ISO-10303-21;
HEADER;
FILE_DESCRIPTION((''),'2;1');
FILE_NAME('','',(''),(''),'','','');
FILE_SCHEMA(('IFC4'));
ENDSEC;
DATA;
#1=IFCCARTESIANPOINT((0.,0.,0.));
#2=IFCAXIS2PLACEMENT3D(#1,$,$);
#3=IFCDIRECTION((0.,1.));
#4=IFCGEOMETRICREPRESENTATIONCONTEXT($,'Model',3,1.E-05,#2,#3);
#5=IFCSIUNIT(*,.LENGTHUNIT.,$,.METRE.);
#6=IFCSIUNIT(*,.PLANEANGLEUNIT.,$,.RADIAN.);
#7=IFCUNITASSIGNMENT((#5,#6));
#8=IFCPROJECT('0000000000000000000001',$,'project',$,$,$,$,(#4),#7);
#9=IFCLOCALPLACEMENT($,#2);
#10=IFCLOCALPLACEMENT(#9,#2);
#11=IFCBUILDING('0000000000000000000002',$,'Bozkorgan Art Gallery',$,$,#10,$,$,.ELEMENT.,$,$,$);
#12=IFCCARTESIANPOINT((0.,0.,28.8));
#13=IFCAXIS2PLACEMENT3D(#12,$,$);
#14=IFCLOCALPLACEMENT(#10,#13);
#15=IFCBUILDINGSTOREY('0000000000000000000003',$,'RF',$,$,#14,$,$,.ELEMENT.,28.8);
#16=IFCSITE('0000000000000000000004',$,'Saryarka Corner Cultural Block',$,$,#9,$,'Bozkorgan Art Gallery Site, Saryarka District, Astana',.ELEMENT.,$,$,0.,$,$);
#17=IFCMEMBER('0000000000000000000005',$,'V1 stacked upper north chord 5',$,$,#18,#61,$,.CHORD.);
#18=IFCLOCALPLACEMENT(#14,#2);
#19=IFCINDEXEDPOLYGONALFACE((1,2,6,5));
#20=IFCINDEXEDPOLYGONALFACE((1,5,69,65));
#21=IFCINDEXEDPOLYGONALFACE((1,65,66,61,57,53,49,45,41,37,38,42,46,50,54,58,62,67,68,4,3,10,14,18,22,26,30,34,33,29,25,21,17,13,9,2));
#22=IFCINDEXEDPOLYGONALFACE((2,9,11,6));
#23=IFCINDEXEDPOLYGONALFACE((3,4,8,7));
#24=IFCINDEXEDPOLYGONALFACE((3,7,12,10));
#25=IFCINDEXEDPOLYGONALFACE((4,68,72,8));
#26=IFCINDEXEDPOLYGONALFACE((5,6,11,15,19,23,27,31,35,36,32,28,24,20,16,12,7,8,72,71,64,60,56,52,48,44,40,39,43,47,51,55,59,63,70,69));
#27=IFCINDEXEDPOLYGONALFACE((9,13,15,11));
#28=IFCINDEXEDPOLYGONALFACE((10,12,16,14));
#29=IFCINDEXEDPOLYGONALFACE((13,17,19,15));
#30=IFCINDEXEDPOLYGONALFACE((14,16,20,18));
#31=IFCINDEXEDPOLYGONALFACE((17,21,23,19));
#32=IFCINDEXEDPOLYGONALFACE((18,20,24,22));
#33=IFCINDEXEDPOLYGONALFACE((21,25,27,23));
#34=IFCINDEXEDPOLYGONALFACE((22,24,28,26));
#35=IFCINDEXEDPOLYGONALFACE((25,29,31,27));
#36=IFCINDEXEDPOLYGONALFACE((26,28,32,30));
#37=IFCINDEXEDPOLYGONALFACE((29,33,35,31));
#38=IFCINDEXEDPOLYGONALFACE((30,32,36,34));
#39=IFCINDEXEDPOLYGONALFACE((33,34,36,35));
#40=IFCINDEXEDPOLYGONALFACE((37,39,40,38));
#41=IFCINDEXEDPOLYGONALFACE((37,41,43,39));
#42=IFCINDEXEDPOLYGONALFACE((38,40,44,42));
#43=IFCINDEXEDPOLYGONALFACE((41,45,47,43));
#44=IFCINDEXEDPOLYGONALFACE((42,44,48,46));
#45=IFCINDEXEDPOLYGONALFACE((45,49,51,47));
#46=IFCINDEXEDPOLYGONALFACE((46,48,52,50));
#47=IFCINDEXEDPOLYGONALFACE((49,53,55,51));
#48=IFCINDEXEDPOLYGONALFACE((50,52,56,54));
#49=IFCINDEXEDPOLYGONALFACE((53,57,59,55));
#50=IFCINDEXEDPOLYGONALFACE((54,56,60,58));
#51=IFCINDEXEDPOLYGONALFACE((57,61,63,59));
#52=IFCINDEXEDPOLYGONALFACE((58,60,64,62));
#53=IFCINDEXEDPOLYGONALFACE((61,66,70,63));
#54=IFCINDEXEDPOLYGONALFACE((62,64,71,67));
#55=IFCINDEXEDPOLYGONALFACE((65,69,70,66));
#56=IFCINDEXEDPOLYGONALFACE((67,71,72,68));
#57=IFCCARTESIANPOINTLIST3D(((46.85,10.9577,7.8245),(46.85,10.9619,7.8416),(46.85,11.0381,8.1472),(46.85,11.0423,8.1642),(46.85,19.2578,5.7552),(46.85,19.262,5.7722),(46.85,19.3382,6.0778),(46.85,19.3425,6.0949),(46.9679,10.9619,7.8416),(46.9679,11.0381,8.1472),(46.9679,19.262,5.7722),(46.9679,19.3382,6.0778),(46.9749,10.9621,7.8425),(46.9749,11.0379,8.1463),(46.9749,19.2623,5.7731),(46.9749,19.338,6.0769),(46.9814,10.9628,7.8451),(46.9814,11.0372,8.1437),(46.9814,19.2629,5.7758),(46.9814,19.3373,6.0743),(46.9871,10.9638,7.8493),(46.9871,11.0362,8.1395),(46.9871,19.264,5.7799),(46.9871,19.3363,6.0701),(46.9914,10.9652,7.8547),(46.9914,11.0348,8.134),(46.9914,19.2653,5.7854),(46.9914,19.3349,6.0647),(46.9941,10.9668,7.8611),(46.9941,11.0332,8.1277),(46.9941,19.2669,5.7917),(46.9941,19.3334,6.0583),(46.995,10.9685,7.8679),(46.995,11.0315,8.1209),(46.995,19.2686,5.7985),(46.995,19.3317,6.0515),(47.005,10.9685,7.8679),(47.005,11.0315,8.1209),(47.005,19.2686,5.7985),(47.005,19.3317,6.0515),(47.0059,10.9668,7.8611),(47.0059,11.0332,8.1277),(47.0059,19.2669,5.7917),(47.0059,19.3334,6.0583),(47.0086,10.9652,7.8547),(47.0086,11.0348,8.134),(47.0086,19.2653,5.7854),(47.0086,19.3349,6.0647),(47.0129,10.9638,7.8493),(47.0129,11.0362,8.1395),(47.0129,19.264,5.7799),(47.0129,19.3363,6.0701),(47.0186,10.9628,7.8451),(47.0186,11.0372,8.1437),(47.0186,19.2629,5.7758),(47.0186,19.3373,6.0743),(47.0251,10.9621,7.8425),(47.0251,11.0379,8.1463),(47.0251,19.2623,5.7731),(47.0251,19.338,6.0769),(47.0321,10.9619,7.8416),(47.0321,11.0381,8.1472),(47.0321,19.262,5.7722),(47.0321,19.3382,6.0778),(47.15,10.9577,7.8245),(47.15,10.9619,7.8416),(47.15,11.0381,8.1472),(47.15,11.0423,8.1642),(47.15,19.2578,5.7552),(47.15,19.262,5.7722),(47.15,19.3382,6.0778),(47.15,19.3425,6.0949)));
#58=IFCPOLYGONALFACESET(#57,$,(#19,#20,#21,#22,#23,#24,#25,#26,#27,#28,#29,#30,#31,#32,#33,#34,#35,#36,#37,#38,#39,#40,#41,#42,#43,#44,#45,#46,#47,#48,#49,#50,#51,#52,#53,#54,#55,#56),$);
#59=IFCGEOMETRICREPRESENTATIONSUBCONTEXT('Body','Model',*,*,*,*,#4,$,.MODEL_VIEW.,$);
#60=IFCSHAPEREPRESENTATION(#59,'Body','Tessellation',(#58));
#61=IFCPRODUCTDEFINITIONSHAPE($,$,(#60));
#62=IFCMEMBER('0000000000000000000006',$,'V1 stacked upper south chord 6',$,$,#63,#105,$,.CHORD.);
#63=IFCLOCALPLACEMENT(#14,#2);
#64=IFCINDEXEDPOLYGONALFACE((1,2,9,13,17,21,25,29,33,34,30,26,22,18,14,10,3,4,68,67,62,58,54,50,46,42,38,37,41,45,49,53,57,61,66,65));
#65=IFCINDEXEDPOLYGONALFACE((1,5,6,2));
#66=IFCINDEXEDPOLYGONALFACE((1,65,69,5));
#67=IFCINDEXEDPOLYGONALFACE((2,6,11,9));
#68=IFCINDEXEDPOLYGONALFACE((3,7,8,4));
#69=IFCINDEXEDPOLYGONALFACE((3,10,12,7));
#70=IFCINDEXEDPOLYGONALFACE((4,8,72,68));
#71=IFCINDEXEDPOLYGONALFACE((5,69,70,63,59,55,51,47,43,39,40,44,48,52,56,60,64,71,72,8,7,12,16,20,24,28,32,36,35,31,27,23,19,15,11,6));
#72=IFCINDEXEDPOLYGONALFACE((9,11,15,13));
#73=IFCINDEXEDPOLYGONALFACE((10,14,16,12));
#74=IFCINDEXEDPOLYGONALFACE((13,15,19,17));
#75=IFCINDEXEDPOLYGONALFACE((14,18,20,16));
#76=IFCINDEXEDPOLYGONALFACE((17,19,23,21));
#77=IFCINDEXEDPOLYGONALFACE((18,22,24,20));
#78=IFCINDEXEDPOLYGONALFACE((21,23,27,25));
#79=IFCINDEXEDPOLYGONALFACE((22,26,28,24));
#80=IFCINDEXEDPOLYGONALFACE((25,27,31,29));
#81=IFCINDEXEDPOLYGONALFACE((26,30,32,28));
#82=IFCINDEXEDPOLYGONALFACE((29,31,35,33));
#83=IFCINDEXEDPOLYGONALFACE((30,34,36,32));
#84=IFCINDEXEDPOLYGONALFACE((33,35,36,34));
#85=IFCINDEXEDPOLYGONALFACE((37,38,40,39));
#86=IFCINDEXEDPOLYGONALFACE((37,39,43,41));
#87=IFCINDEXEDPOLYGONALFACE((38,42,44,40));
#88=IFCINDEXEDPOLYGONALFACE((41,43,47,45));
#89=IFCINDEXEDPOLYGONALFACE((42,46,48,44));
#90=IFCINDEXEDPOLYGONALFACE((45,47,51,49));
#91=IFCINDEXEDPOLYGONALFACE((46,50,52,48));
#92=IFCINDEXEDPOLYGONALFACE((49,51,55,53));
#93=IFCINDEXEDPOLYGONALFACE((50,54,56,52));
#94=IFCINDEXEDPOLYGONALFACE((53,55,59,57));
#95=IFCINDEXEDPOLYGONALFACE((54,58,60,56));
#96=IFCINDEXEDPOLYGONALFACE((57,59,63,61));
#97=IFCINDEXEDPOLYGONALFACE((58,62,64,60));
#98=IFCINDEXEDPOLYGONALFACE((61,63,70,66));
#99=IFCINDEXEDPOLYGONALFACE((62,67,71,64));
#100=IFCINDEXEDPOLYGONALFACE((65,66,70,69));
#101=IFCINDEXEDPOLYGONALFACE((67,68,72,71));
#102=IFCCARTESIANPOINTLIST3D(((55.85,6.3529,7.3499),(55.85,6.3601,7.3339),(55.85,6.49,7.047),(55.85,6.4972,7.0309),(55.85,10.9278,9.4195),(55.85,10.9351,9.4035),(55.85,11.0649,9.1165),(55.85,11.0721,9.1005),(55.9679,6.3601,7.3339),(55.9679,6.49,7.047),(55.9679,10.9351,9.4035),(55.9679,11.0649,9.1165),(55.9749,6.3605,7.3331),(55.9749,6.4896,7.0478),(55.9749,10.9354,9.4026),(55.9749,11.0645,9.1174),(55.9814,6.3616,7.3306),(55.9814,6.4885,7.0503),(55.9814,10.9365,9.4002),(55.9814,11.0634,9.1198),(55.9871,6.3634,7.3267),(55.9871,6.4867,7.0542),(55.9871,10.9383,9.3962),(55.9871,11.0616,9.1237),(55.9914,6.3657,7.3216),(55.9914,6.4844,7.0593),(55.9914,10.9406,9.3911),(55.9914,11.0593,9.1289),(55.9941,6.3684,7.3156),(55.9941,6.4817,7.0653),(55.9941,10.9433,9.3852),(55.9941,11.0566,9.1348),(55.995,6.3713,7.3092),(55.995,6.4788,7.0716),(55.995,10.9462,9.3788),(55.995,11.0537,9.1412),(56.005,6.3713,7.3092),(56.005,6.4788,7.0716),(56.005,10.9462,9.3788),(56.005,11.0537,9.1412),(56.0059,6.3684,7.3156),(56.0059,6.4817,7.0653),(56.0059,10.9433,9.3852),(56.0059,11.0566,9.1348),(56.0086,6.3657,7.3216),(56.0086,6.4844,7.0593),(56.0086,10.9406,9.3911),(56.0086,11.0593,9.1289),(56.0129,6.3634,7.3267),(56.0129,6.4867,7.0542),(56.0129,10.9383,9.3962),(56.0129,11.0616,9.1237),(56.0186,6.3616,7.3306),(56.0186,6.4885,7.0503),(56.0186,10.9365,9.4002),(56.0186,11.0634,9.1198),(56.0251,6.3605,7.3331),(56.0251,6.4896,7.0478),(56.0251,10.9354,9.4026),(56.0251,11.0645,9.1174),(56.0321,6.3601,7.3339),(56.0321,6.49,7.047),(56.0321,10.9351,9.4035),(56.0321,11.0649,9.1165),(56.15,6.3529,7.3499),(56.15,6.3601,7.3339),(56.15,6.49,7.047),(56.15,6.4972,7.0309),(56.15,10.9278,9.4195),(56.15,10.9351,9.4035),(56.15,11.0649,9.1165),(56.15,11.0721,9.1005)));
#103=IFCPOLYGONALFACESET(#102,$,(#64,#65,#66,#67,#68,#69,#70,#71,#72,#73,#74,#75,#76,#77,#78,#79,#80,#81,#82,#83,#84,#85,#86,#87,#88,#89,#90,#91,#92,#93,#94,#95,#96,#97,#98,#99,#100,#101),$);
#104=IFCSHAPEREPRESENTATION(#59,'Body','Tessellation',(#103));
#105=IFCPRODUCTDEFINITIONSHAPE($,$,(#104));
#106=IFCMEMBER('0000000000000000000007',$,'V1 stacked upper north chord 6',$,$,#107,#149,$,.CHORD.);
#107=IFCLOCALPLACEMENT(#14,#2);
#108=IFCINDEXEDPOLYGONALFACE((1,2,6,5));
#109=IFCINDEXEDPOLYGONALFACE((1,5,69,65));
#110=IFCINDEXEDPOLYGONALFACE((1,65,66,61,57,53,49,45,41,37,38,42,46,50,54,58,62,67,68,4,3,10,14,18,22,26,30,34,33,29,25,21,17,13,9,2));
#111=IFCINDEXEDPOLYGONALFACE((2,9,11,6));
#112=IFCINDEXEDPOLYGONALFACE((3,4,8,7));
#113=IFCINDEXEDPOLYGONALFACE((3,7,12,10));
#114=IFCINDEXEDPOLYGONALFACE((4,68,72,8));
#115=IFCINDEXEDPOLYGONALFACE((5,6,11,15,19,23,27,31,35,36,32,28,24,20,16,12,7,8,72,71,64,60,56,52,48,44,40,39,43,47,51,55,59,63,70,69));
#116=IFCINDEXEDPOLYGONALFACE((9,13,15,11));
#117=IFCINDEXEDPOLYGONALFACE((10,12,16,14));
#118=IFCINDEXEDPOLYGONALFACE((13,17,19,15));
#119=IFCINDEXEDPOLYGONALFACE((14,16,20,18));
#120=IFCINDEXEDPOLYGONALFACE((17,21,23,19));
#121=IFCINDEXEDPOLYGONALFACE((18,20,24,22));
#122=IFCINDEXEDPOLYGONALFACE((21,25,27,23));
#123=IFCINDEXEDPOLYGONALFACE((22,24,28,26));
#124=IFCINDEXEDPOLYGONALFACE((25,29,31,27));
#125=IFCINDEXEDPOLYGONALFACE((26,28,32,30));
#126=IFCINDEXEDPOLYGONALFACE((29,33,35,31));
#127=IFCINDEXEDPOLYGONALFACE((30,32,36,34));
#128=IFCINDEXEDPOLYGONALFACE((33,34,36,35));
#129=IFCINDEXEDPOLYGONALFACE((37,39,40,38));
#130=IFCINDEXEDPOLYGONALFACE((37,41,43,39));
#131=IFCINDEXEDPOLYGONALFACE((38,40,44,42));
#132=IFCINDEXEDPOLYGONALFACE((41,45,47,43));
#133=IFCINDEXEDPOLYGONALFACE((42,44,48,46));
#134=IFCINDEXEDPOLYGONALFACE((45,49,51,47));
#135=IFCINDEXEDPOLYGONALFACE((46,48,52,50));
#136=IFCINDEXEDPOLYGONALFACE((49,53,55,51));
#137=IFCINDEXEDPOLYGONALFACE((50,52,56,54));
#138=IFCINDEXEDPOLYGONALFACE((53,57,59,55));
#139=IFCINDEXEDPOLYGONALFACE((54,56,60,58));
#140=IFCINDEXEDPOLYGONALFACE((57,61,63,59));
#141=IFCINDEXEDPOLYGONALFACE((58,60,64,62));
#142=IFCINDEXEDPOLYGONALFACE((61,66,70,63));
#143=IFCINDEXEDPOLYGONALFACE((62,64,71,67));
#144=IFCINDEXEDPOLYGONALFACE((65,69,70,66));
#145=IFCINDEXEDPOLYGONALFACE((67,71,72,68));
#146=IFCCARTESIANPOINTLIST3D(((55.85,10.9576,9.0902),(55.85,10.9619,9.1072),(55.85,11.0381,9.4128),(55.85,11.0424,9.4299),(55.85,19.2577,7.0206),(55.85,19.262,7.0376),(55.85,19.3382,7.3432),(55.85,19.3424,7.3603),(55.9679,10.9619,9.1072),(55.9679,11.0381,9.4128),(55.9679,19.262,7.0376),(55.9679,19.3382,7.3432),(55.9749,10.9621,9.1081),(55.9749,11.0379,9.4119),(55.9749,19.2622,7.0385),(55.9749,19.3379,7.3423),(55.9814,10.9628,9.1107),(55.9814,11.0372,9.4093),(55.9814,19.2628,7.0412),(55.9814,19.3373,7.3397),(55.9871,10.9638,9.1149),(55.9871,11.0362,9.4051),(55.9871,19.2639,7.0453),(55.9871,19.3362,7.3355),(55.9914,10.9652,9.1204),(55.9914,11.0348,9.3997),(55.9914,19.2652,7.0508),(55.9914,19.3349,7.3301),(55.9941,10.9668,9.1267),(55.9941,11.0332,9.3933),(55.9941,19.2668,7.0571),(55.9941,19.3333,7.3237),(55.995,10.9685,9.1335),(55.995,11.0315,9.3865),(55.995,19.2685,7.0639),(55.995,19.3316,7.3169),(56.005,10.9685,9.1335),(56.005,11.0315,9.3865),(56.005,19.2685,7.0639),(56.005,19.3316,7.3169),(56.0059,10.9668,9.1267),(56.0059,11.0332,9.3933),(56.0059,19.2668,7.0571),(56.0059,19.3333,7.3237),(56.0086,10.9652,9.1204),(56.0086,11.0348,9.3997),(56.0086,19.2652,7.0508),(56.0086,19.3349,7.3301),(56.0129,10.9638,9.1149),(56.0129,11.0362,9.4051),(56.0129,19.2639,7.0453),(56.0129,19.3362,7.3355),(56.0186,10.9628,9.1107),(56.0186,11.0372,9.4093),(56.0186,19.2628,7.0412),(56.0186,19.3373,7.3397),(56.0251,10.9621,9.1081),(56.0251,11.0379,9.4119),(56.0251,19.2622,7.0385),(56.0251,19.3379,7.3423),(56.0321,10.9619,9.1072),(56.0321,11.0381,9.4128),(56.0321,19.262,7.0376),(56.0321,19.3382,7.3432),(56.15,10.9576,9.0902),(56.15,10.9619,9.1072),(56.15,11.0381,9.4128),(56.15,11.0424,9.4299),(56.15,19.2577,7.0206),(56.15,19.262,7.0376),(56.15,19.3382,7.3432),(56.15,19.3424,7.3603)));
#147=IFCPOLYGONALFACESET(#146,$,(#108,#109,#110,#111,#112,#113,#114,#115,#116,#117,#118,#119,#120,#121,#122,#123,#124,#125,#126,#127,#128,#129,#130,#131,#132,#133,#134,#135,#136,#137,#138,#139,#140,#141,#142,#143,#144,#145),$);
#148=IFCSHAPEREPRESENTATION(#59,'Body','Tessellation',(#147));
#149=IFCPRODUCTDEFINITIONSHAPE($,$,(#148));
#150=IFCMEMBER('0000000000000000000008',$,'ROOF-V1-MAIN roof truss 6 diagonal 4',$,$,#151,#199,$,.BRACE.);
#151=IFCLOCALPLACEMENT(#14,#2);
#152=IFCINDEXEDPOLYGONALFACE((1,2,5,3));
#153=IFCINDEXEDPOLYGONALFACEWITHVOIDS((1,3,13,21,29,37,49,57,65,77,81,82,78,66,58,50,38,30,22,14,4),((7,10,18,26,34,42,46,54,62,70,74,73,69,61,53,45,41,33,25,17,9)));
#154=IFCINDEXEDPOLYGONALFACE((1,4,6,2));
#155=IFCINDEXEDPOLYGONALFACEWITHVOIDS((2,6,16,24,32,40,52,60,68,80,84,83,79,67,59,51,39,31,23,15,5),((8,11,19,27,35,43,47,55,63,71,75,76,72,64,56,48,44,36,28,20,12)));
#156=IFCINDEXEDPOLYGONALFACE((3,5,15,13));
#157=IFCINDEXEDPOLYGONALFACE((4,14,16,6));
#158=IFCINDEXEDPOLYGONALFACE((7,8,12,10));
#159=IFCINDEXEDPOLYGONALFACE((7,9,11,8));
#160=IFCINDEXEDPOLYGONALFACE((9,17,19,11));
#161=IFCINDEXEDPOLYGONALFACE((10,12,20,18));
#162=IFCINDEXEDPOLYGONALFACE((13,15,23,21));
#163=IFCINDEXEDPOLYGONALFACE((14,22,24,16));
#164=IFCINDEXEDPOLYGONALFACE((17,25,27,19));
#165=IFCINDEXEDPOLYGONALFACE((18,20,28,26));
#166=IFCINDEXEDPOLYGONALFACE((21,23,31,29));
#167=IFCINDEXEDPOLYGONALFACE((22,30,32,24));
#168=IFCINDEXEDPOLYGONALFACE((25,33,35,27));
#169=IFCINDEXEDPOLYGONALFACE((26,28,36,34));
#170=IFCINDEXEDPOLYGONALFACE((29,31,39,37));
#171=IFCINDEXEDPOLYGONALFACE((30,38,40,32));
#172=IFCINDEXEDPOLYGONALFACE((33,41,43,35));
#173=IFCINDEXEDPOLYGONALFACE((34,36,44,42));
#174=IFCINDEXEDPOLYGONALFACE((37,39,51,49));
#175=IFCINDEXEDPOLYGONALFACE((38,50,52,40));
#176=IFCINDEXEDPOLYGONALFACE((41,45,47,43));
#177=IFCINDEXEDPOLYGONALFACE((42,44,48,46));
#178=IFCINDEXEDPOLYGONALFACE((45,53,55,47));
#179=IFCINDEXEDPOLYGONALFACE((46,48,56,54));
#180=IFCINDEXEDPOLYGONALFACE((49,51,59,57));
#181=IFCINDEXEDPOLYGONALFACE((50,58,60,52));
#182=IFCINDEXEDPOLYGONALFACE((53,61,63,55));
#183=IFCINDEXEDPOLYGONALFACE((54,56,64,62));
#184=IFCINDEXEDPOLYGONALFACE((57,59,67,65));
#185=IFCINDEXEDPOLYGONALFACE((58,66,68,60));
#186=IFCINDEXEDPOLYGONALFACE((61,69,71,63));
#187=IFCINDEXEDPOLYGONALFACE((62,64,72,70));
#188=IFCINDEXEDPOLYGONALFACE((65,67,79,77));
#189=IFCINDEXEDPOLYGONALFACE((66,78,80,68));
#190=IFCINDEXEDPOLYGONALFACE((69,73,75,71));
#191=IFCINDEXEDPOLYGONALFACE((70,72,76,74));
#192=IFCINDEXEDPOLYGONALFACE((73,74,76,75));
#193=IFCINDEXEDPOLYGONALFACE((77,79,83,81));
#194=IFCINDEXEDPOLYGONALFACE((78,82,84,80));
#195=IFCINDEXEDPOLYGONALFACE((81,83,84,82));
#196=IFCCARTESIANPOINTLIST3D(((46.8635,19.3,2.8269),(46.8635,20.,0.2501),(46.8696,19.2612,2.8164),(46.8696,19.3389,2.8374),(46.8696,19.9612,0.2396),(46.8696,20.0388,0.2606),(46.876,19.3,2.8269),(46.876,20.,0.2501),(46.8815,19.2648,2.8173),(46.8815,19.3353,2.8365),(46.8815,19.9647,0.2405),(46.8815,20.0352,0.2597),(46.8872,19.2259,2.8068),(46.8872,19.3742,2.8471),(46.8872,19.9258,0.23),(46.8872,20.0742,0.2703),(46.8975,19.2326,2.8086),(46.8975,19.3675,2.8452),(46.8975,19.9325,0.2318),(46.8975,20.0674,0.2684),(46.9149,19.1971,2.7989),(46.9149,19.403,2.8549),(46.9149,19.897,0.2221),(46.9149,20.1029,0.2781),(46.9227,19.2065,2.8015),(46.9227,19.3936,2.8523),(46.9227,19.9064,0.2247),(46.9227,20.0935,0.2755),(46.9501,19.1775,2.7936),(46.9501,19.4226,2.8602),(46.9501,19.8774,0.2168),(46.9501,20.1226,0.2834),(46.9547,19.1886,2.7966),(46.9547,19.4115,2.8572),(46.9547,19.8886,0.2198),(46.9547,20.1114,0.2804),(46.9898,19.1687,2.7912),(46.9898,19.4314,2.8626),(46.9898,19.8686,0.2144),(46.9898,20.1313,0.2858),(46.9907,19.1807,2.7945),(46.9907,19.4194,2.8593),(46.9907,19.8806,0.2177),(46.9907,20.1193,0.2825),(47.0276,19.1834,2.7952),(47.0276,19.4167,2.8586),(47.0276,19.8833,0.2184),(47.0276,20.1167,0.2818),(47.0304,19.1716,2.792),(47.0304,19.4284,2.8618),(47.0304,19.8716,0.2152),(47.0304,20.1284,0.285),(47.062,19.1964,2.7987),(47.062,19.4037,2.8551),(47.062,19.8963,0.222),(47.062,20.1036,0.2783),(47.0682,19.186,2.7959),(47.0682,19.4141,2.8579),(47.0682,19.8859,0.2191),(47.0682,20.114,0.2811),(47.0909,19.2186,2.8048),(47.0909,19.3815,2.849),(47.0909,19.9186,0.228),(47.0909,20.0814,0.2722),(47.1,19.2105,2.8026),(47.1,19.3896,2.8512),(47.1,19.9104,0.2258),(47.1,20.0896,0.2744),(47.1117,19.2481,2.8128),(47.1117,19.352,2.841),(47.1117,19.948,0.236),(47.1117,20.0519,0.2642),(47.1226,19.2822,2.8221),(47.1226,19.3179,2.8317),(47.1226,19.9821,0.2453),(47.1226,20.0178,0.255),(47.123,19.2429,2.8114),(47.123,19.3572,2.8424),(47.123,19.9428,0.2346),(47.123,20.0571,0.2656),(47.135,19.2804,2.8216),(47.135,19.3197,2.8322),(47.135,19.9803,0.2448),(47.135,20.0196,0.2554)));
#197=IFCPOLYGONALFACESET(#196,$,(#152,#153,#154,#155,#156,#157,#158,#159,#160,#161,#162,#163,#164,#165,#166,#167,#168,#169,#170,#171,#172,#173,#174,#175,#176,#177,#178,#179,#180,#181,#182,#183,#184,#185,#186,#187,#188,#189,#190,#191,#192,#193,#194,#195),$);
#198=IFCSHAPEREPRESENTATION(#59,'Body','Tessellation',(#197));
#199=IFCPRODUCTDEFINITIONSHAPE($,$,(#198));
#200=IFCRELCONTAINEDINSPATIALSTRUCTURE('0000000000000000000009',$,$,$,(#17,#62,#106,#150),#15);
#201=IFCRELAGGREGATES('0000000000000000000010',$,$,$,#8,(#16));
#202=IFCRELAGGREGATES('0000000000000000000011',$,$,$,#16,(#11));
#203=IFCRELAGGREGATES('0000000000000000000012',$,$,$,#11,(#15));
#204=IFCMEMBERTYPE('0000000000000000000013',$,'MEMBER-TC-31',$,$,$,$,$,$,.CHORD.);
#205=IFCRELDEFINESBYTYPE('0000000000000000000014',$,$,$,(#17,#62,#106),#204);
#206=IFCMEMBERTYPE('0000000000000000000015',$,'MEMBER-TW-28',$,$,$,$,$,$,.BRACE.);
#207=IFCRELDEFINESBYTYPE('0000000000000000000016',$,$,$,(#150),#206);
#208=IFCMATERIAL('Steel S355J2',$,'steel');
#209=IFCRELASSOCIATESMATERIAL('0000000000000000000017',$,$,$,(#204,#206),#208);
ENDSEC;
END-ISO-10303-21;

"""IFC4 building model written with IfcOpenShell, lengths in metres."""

from ifc_helpers import new_model, si_unit, direction, frame, origin, origin_2d, place, context, subcontext, project, spatial, hollow_circle, i_section, extrude, material, material_profile, profile_set, type_object, element, save


model = new_model("IFC4")

# Units and contexts
model_context = context("Model", 3, precision=1e-05, world=origin(), true_north=direction((0.0, 1.0)))
body_context = subcontext(model_context, "Body", "Model", "MODEL_VIEW")
ifc_project = project(units=[si_unit("LENGTHUNIT", "METRE"), si_unit("PLANEANGLEUNIT", "RADIAN")], contexts=[model_context])

# Site, building, storey
site_placement = place(None, origin())
site = spatial("IfcSite", under=ifc_project, at=site_placement, Name="Saryarka Corner Cultural Block", LongName="Bozkorgan Art Gallery Site, Saryarka District, Astana", CompositionType="ELEMENT", RefElevation=0.0)
building_placement = place(site_placement, origin())
building = spatial("IfcBuilding", under=site, at=building_placement, Name="Bozkorgan Art Gallery", CompositionType="ELEMENT")
storey_placement = place(building_placement, frame((0.0, 0.0, 28.8)))
storey = spatial("IfcBuildingStorey", under=building, at=storey_placement, Name="RF", CompositionType="ELEMENT", Elevation=28.8)

# Shared definitions
ifc_material_1 = material(Name="Steel S355J2", Category="steel")

# Members
ifc_material_profile_1 = material_profile(ifc_material_1, i_section(OverallWidth=0.3, OverallDepth=0.3501, WebThickness=0.01, FlangeThickness=0.0176, FilletRadius=0.0271, at=origin_2d()), Name="HEA 360")
ifc_profile_set_1 = profile_set([ifc_material_profile_1], Name="Steel S355J2")
member_type_1 = type_object("IfcMemberType", Name="MEMBER-TC-31", PredefinedType="CHORD", material=ifc_profile_set_1)
member_1_placement = place(storey_placement, frame((47.0, 11.0, 7.9944), z_axis=(0.0, 0.970298, -0.241911), x_axis=(-1.0, 0.0, 0.0)))
element("IfcMember", 1, at=member_1_placement, inside=storey, type_object=member_type_1, Name="V1 stacked upper north chord 5", PredefinedType="CHORD", context=body_context, shape_type="SweptSolid", body=[
    extrude(i_section(OverallWidth=0.3, OverallDepth=0.3501, WebThickness=0.01, FlangeThickness=0.0176, FilletRadius=0.0271, at=origin_2d()), origin(), (0.0, 0.0, 1.0), 8.5542),
])
member_2_placement = place(storey_placement, frame((56.0, 6.425, 7.1904), z_axis=(0.0, 0.911111, 0.412161), x_axis=(-1.0, 0.0, 0.0)))
element("IfcMember", 2, at=member_2_placement, inside=storey, type_object=member_type_1, Name="V1 stacked upper south chord 6", PredefinedType="CHORD", context=body_context, shape_type="SweptSolid", body=[
    extrude(i_section(OverallWidth=0.3, OverallDepth=0.3501, WebThickness=0.01, FlangeThickness=0.0176, FilletRadius=0.0271, at=origin_2d()), origin(), (0.0, 0.0, 1.0), 5.0212),
])
member_3_placement = place(storey_placement, frame((56.0, 11.0, 9.26), z_axis=(0.0, 0.970292, -0.241938), x_axis=(-1.0, 0.0, 0.0)))
element("IfcMember", 3, at=member_3_placement, inside=storey, type_object=member_type_1, Name="V1 stacked upper north chord 6", PredefinedType="CHORD", context=body_context, shape_type="SweptSolid", body=[
    extrude(i_section(OverallWidth=0.3, OverallDepth=0.3501, WebThickness=0.01, FlangeThickness=0.0176, FilletRadius=0.0271, at=origin_2d()), origin(), (0.0, 0.0, 1.0), 8.5542),
])
ifc_material_profile_2 = material_profile(ifc_material_1, hollow_circle(Radius=0.1365, WallThickness=0.0125, at=origin_2d()), Name="CHS 273x12.5")
ifc_profile_set_2 = profile_set([ifc_material_profile_2], Name="Steel S355J2")
member_type_2 = type_object("IfcMemberType", Name="MEMBER-TW-28", PredefinedType="BRACE", material=ifc_profile_set_2)
for number, where, z_axis, x_axis, name in (
    (4, (47.0, 19.3, 2.8269), (0.0, 0.262127, -0.965033), (-1.0, 0.0, 0.0), "ROOF-V1-MAIN roof truss 6 diagonal 4"),
):
    element("IfcMember", number, at=place(storey_placement, frame(where, z_axis=z_axis, x_axis=x_axis)), inside=storey, type_object=member_type_2, Name=name, PredefinedType="BRACE", context=body_context, shape_type="SweptSolid", body=[
        extrude(hollow_circle(Radius=0.1365, WallThickness=0.0125, at=origin_2d()), origin(), (0.0, 0.0, 1.0), 2.6702),
    ])

save(model, "model.ifc")
